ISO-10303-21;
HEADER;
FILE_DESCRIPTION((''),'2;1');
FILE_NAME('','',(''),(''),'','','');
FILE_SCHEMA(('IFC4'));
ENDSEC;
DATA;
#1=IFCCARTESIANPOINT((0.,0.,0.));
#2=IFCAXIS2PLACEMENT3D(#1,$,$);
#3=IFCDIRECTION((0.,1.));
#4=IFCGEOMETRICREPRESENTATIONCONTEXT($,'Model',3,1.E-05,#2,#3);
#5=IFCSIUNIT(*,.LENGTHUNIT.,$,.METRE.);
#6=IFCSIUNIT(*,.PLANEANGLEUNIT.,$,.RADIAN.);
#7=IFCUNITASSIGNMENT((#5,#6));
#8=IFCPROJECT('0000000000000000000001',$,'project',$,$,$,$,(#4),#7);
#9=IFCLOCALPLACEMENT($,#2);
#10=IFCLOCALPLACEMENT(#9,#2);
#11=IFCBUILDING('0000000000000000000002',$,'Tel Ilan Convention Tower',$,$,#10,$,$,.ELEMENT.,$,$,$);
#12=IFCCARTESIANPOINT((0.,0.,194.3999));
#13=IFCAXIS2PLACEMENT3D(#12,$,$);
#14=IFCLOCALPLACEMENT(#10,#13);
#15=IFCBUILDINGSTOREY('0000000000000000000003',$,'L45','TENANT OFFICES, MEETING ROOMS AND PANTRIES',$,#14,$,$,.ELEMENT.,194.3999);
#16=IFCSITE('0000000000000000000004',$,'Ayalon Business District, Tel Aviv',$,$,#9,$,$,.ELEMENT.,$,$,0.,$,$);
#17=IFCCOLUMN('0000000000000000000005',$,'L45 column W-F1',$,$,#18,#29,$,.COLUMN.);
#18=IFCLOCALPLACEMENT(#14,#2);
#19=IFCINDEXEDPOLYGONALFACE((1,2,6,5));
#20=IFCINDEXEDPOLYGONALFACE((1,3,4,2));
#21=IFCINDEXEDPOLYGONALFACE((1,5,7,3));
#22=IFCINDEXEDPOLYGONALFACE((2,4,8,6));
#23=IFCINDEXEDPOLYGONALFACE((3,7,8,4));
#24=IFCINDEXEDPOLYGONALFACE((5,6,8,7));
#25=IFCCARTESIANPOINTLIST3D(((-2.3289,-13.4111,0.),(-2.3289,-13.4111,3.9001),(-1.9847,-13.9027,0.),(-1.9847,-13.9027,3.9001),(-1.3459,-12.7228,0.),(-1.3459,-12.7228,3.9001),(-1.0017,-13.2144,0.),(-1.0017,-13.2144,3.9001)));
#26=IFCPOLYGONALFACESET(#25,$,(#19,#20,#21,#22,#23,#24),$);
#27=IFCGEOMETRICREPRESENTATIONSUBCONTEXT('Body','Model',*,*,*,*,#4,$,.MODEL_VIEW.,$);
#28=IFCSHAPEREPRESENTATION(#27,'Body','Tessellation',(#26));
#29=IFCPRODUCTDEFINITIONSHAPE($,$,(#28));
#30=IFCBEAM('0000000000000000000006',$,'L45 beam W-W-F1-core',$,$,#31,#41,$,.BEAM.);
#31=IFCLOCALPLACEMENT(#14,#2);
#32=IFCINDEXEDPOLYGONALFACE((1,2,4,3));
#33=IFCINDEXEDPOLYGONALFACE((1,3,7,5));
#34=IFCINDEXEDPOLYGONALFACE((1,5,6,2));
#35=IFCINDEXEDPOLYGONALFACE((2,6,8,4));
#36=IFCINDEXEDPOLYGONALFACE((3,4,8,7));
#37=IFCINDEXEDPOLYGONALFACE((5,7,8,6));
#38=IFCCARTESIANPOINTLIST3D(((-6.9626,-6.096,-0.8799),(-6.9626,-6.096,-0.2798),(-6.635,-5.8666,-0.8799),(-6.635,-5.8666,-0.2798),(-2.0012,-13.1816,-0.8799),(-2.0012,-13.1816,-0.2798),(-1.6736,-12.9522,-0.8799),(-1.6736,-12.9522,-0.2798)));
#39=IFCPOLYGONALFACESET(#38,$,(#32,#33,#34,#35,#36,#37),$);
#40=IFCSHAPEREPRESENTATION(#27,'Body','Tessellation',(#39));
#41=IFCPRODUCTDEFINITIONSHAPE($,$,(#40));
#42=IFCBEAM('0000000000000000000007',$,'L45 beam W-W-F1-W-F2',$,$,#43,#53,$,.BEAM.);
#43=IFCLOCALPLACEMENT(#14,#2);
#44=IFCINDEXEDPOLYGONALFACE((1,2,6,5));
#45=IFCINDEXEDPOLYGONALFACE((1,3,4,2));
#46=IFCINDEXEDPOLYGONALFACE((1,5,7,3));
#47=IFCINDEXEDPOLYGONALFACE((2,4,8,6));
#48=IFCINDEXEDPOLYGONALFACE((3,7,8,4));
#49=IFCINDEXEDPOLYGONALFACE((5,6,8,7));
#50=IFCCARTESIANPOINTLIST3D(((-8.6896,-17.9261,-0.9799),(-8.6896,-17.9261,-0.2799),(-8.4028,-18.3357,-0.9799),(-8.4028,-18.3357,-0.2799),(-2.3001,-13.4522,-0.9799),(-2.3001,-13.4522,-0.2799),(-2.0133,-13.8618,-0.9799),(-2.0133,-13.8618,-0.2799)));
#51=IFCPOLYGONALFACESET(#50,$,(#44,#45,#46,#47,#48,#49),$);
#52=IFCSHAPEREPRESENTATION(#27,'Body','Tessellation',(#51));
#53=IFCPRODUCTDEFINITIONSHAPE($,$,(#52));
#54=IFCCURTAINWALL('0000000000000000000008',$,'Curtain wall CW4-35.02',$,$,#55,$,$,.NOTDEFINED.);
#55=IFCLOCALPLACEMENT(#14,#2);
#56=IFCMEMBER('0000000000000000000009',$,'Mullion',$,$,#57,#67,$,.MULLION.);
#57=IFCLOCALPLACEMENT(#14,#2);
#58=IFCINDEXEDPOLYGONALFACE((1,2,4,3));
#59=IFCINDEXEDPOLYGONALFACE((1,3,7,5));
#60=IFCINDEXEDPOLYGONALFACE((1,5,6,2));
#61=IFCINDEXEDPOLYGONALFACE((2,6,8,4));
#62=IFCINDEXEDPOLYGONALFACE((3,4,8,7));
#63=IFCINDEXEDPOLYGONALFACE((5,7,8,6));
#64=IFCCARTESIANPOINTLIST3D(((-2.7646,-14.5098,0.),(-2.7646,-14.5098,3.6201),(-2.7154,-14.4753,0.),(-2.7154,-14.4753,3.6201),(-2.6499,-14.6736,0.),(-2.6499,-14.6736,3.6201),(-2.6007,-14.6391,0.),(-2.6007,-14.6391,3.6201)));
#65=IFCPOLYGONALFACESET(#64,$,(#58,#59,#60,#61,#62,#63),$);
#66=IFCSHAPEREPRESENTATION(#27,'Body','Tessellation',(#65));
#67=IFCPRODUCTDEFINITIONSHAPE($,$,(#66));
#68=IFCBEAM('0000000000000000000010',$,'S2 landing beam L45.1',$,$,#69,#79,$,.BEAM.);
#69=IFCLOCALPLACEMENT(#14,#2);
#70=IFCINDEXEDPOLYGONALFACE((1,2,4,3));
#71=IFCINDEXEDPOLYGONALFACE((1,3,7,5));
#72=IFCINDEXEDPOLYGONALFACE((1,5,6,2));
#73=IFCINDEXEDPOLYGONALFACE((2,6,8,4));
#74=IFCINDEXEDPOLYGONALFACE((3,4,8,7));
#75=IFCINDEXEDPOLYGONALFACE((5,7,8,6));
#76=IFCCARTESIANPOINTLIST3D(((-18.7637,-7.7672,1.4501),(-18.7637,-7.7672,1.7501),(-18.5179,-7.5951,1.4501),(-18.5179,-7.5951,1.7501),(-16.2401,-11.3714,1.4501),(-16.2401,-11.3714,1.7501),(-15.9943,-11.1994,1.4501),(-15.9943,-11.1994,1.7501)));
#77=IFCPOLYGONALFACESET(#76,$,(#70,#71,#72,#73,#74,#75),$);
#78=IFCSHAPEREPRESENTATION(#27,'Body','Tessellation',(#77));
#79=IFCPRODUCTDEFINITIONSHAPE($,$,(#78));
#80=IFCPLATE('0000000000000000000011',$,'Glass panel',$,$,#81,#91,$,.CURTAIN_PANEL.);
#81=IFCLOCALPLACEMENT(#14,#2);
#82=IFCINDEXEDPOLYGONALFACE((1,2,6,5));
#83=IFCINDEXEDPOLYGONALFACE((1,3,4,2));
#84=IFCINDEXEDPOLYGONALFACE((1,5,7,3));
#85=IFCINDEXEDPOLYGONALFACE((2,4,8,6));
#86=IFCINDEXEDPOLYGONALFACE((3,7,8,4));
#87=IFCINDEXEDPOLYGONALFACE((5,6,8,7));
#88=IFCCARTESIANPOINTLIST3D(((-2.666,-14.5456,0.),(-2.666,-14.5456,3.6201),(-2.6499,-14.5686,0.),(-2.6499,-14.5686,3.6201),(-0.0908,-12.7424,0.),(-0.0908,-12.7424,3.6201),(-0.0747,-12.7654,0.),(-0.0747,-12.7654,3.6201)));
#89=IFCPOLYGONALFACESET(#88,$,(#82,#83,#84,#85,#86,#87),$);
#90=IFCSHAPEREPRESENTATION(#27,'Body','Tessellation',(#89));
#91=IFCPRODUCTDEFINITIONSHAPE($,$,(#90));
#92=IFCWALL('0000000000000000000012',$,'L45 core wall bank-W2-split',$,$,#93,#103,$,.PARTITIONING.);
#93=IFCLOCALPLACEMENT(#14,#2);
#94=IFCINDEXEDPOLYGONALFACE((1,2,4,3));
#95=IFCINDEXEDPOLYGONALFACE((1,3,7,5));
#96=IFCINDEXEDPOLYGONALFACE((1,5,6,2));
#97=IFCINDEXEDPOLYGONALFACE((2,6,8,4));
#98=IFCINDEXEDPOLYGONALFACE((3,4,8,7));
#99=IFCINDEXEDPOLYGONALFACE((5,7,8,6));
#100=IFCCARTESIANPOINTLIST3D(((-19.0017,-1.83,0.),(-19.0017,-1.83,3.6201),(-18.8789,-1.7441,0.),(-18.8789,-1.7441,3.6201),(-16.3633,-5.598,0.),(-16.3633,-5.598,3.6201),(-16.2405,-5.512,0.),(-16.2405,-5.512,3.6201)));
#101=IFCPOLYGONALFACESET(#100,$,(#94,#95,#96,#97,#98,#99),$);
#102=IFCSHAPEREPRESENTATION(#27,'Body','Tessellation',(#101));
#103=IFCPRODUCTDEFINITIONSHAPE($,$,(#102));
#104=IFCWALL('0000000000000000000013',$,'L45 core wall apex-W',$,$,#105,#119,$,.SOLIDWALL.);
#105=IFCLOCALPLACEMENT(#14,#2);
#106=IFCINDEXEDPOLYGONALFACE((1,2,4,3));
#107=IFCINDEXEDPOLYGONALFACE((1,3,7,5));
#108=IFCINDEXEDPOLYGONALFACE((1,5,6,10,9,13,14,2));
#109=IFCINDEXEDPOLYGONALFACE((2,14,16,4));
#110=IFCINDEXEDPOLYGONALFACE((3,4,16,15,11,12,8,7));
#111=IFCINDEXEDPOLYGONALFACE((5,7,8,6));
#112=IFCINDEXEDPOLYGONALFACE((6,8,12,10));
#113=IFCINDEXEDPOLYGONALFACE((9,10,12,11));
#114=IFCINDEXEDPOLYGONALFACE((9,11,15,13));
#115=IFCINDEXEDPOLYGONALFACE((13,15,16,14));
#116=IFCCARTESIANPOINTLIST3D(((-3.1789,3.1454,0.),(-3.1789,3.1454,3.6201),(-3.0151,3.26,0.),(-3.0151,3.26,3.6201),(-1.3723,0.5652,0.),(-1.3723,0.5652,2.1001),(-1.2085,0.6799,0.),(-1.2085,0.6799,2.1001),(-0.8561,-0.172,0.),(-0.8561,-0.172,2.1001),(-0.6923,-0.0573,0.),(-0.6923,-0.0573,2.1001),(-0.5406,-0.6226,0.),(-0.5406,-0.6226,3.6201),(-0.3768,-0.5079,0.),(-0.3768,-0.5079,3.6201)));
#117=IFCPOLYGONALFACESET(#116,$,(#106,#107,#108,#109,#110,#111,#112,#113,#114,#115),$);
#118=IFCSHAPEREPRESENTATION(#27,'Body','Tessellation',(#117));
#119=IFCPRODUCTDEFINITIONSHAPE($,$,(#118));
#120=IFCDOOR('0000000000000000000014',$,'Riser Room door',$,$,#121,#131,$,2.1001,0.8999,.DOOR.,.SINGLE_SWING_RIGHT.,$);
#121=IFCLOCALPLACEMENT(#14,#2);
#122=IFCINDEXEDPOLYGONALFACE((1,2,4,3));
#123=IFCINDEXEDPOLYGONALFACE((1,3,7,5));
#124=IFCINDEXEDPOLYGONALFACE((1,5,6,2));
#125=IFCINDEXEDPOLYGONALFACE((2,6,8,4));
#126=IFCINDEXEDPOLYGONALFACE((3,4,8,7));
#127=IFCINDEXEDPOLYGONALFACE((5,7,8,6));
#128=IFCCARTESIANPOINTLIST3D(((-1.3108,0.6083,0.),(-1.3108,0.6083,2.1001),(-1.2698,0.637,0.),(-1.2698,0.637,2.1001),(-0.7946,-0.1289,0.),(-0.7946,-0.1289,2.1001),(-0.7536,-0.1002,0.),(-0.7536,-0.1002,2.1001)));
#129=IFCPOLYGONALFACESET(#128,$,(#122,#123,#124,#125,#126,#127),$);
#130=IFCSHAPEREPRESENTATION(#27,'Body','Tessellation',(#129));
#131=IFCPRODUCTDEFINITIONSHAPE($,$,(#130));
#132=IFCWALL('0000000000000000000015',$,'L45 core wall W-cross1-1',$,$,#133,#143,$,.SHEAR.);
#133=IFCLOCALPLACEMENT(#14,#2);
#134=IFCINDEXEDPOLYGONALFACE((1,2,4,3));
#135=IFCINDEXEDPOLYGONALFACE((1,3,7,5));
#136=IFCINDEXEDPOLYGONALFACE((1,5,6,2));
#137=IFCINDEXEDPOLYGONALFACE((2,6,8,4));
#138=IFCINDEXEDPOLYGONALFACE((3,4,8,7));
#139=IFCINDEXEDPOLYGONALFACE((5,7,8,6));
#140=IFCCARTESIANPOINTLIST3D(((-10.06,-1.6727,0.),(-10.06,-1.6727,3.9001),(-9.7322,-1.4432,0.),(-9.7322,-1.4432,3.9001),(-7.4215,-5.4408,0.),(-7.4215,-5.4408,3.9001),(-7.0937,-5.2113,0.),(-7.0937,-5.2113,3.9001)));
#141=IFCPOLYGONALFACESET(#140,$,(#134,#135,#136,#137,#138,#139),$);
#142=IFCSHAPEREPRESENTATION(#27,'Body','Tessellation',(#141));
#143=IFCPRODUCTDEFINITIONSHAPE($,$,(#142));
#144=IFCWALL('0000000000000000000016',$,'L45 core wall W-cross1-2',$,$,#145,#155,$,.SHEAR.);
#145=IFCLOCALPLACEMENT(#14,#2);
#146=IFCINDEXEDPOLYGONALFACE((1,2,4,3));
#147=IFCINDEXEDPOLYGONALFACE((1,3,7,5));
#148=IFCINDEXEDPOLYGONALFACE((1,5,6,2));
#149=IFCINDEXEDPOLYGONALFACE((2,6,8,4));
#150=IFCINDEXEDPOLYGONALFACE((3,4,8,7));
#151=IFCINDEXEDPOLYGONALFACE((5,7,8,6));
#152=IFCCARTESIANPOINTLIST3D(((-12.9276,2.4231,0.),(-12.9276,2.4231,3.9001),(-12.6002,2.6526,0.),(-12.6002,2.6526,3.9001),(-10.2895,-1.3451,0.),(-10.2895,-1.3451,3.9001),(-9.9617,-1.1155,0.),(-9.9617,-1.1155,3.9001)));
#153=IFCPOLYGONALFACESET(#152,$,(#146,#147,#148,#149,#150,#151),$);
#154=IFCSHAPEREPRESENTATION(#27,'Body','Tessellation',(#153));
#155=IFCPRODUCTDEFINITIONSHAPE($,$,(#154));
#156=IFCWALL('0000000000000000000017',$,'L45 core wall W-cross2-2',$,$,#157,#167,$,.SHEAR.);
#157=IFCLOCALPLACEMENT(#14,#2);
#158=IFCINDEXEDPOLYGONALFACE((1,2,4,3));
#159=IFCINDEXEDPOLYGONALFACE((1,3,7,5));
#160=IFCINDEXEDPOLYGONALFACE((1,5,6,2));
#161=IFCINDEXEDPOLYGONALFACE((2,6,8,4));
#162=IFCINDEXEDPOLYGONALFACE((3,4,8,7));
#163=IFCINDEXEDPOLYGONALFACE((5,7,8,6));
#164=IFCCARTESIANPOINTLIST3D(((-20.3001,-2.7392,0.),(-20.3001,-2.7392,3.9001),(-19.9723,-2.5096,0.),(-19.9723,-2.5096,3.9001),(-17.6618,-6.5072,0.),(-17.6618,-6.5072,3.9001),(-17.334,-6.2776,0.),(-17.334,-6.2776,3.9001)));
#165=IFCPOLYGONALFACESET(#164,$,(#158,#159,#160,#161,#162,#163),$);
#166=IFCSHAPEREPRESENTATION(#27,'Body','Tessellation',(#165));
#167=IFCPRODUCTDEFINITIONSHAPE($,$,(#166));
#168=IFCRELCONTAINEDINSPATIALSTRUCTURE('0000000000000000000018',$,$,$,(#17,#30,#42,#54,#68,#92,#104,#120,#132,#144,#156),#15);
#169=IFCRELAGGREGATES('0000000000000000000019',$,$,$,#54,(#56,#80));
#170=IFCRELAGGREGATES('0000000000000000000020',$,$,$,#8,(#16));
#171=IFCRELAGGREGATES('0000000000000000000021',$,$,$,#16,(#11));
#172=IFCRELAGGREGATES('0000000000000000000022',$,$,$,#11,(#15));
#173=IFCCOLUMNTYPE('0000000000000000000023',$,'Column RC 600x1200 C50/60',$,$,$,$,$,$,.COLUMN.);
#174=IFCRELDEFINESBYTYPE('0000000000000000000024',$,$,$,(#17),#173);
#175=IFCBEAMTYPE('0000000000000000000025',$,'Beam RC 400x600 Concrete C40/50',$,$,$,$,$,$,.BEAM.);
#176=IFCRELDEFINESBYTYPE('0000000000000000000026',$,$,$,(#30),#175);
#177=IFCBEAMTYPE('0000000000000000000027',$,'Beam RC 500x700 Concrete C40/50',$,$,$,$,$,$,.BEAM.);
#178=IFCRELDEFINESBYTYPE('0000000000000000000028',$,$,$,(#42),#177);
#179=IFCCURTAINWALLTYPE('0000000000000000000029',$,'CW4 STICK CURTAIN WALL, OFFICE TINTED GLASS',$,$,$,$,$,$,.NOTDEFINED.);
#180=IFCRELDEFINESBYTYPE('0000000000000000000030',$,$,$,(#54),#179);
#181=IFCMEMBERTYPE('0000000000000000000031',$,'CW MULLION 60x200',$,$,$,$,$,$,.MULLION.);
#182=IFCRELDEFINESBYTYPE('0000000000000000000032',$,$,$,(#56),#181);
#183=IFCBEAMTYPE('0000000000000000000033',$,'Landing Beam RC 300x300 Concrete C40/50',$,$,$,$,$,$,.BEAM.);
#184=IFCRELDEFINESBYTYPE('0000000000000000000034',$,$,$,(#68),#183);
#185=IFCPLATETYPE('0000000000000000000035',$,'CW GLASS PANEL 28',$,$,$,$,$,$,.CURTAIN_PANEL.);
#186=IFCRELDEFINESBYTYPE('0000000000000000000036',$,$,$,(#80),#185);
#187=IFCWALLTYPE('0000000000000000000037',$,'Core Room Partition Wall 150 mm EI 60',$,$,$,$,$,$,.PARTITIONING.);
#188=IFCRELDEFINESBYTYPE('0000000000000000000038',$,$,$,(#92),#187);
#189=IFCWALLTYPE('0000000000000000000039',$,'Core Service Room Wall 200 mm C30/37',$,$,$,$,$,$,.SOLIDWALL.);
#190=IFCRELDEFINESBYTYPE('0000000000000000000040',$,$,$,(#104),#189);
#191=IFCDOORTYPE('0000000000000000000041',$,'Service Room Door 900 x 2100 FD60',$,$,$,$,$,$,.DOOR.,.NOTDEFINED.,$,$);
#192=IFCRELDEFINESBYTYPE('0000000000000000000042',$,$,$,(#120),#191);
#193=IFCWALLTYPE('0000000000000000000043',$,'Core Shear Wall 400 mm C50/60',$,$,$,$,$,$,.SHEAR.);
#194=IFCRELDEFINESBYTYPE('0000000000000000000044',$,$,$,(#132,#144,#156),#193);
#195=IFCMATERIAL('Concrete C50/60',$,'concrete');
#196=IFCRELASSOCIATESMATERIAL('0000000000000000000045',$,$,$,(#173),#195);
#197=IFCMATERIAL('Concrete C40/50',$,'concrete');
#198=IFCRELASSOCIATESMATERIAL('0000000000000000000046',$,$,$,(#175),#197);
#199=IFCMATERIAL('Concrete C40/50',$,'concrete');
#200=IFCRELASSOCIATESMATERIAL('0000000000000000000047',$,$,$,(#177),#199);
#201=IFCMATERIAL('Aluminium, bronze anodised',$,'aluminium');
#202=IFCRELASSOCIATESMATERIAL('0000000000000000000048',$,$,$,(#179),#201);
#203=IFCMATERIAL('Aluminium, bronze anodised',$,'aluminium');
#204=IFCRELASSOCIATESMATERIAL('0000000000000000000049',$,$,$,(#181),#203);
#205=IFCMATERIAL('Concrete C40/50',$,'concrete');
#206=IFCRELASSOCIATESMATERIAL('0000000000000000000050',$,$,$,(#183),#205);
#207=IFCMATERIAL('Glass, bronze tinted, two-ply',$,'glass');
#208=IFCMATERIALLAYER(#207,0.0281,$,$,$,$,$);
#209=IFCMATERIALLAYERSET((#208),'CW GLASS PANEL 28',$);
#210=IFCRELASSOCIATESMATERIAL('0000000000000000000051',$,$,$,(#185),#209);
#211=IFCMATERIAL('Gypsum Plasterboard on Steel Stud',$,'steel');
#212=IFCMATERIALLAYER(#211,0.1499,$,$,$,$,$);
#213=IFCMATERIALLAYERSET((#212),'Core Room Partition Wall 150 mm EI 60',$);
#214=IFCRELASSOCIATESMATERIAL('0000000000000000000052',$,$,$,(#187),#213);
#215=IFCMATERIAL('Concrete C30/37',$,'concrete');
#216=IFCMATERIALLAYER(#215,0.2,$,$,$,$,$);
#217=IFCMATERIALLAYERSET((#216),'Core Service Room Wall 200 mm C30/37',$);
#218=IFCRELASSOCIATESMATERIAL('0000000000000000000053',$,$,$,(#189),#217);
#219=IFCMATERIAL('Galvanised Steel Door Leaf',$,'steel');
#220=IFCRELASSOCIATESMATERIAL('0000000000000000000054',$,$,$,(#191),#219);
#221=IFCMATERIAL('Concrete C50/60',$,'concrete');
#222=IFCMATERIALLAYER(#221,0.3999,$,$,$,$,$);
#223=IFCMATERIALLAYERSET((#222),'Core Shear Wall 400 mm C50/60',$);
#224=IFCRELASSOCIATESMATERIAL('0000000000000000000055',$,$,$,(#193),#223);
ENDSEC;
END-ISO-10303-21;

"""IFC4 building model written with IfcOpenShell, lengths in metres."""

from ifc_helpers import new_model, si_unit, direction, frame, frame_2d, origin, origin_2d, place, context, subcontext, project, spatial, polyline, rectangle, outline, extrude, material, layer, layer_set, material_profile, profile_set, type_object, element, fill, aggregate, save


model = new_model("IFC4")

# Units and contexts
model_context = context("Model", 3, precision=1e-05, world=origin(), true_north=direction((0.0, 1.0)))
body_context = subcontext(model_context, "Body", "Model", "MODEL_VIEW")
ifc_project = project(units=[si_unit("LENGTHUNIT", "METRE"), si_unit("PLANEANGLEUNIT", "RADIAN")], contexts=[model_context])

# Site, building, storey
site_placement = place(None, origin())
site = spatial("IfcSite", under=ifc_project, at=site_placement, Name="Ayalon Business District, Tel Aviv", CompositionType="ELEMENT", RefElevation=0.0)
building_placement = place(site_placement, origin())
building = spatial("IfcBuilding", under=site, at=building_placement, Name="Tel Ilan Convention Tower", CompositionType="ELEMENT")
storey_placement = place(building_placement, frame((0.0, 0.0, 194.3999)))
storey = spatial("IfcBuildingStorey", under=building, at=storey_placement, Name="L45", Description="TENANT OFFICES, MEETING ROOMS AND PANTRIES", CompositionType="ELEMENT", Elevation=194.3999)

# Column
ifc_material_1 = material(Name="Concrete C50/60", Category="concrete")
ifc_material_profile_1 = material_profile(ifc_material_1, rectangle(XDim=1.2, YDim=0.6001, at=origin_2d()), Name="RC 600x1200")
ifc_profile_set_1 = profile_set([ifc_material_profile_1], Name="Concrete C50/60")
column_type = type_object("IfcColumnType", Name="Column RC 600x1200 C50/60", PredefinedType="COLUMN", material=ifc_profile_set_1)
column_placement = place(storey_placement, frame((-1.6653, -13.3127, 0.0), z_axis=(0.0, 0.0, 1.0), x_axis=(-0.819152, -0.573576, 0.0)))
element("IfcColumn", 1, at=column_placement, inside=storey, type_object=column_type, Name="L45 column W-F1", PredefinedType="COLUMN", context=body_context, shape_type="SweptSolid", body=[
    extrude(rectangle(XDim=1.2, YDim=0.6001, at=origin_2d()), origin(), (0.0, 0.0, 1.0), 3.9001),
])

# Beams
ifc_material_2 = material(Name="Concrete C40/50", Category="concrete")
ifc_material_profile_2 = material_profile(ifc_material_2, rectangle(XDim=0.3999, YDim=0.6001, at=origin_2d()), Name="RC 400x600")
ifc_profile_set_2 = profile_set([ifc_material_profile_2], Name="Concrete C40/50")
beam_type_1 = type_object("IfcBeamType", Name="Beam RC 400x600 Concrete C40/50", PredefinedType="BEAM", material=ifc_profile_set_2)
beam_1_placement = place(storey_placement, frame((-1.8374, -13.0669, -0.5798), z_axis=(-0.573574, 0.819154, 0.0), x_axis=(-0.819154, -0.573574, 0.0)))
element("IfcBeam", 2, at=beam_1_placement, inside=storey, type_object=beam_type_1, Name="L45 beam W-W-F1-core", PredefinedType="BEAM", context=body_context, shape_type="SweptSolid", body=[
    extrude(rectangle(XDim=0.3999, YDim=0.6001, at=origin_2d()), origin(), (0.0, 0.0, 1.0), 8.6499),
])
ifc_material_3 = material(Name="Concrete C40/50", Category="concrete")
ifc_material_profile_3 = material_profile(ifc_material_3, rectangle(XDim=0.5, YDim=0.7, at=origin_2d()), Name="RC 500x700")
ifc_profile_set_3 = profile_set([ifc_material_profile_3], Name="Concrete C40/50")
beam_type_2 = type_object("IfcBeamType", Name="Beam RC 500x700 Concrete C40/50", PredefinedType="BEAM", material=ifc_profile_set_3)
beam_2_placement = place(storey_placement, frame((-2.1567, -13.657, -0.6299), z_axis=(-0.819154, -0.573574, 0.0), x_axis=(0.573574, -0.819154, 0.0)))
element("IfcBeam", 3, at=beam_2_placement, inside=storey, type_object=beam_type_2, Name="L45 beam W-W-F1-W-F2", PredefinedType="BEAM", context=body_context, shape_type="SweptSolid", body=[
    extrude(rectangle(XDim=0.5, YDim=0.7, at=origin_2d()), origin(), (0.0, 0.0, 1.0), 7.8),
])

# Curtain wall, member
ifc_material_4 = material(Name="Aluminium, bronze anodised", Category="aluminium")
curtain_wall_type = type_object("IfcCurtainWallType", Name="CW4 STICK CURTAIN WALL, OFFICE TINTED GLASS", PredefinedType="NOTDEFINED", material=ifc_material_4)
curtain_wall_placement = place(storey_placement, origin())
curtain_wall = element("IfcCurtainWall", 4, at=curtain_wall_placement, inside=storey, type_object=curtain_wall_type, Name="Curtain wall CW4-35.02", PredefinedType="NOTDEFINED")
ifc_material_5 = material(Name="Aluminium, bronze anodised", Category="aluminium")
ifc_material_profile_4 = material_profile(ifc_material_5, rectangle(XDim=0.0601, YDim=0.2, at=origin_2d()), Name="CW MULLION 60x200")
ifc_profile_set_4 = profile_set([ifc_material_profile_4], Name="Aluminium, bronze anodised")
member_type = type_object("IfcMemberType", Name="CW MULLION 60x200", PredefinedType="MULLION", material=ifc_profile_set_4)
member_placement = place(storey_placement, frame((-2.6826, -14.5745, 0.0), z_axis=(0.0, 0.0, 1.0), x_axis=(0.819152, 0.573576, 0.0)))
member = element("IfcMember", 5, at=member_placement, type_object=member_type, Name="Mullion", PredefinedType="MULLION", context=body_context, shape_type="SweptSolid", body=[
    extrude(rectangle(XDim=0.0601, YDim=0.2, at=origin_2d()), origin(), (0.0, 0.0, 1.0), 3.6201),
])

# Beam
ifc_material_6 = material(Name="Concrete C40/50", Category="concrete")
ifc_material_profile_5 = material_profile(ifc_material_6, rectangle(XDim=0.3, YDim=0.3, at=origin_2d()), Name="RC 300x300")
ifc_profile_set_5 = profile_set([ifc_material_profile_5], Name="Concrete C40/50")
beam_type_3 = type_object("IfcBeamType", Name="Landing Beam RC 300x300 Concrete C40/50", PredefinedType="BEAM", material=ifc_profile_set_5)
beam_3_placement = place(storey_placement, frame((-16.1172, -11.2854, 1.6001), z_axis=(-0.57357, 0.819156, 0.0), x_axis=(-0.819156, -0.57357, 0.0)))
element("IfcBeam", 6, at=beam_3_placement, inside=storey, type_object=beam_type_3, Name="S2 landing beam L45.1", PredefinedType="BEAM", context=body_context, shape_type="SweptSolid", body=[
    extrude(rectangle(XDim=0.3, YDim=0.3, at=origin_2d()), origin(), (0.0, 0.0, 1.0), 4.3999),
])

# Plate
ifc_material_7 = material(Name="Glass, bronze tinted, two-ply", Category="glass")
ifc_layer_1 = layer(ifc_material_7, 0.0281)
ifc_layer_set_1 = layer_set([ifc_layer_1], Name="CW GLASS PANEL 28")
plate_type = type_object("IfcPlateType", Name="CW GLASS PANEL 28", PredefinedType="CURTAIN_PANEL", material=ifc_layer_set_1)
plate_placement = place(storey_placement, frame((-1.3704, -13.6555, 0.0), z_axis=(0.0, 0.0, 1.0), x_axis=(0.819152, 0.573576, 0.0)))
plate = element("IfcPlate", 7, at=plate_placement, type_object=plate_type, Name="Glass panel", PredefinedType="CURTAIN_PANEL", context=body_context, shape_type="SweptSolid", body=[
    extrude(rectangle(XDim=3.1438, YDim=0.0281, at=origin_2d()), origin(), (0.0, 0.0, 1.0), 3.6201),
])
aggregate(curtain_wall, [member, plate])

# Wall
ifc_material_8 = material(Name="Gypsum Plasterboard on Steel Stud", Category="steel")
ifc_layer_2 = layer(ifc_material_8, 0.1499)
ifc_layer_set_2 = layer_set([ifc_layer_2], Name="Core Room Partition Wall 150 mm EI 60")
wall_type_1 = type_object("IfcWallType", Name="Core Room Partition Wall 150 mm EI 60", PredefinedType="PARTITIONING", material=ifc_layer_set_2)
wall_1_placement = place(storey_placement, frame((-16.302, -5.5549, 0.0), z_axis=(0.0, 0.0, 1.0), x_axis=(-0.573576, 0.819152, 0.0)))
element("IfcWall", 8, at=wall_1_placement, inside=storey, type_object=wall_type_1, Name="L45 core wall bank-W2-split", PredefinedType="PARTITIONING", context=body_context, shape_type="SweptSolid", body=[
    extrude(rectangle(XDim=4.5999, YDim=0.1499, at=frame_2d((2.2998, 0.0))), origin(), (0.0, 0.0, 1.0), 3.6201),
])

# Wall, opening, door
ifc_material_9 = material(Name="Concrete C30/37", Category="concrete")
ifc_layer_3 = layer(ifc_material_9, 0.2)
ifc_layer_set_3 = layer_set([ifc_layer_3], Name="Core Service Room Wall 200 mm C30/37")
wall_type_2 = type_object("IfcWallType", Name="Core Service Room Wall 200 mm C30/37", PredefinedType="SOLIDWALL", material=ifc_layer_set_3)
wall_2_placement = place(storey_placement, frame((-0.4587, -0.5652, 0.0), z_axis=(0.0, 0.0, 1.0), x_axis=(-0.573576, 0.819152, 0.0)))
wall_2 = element("IfcWall", 9, at=wall_2_placement, inside=storey, type_object=wall_type_2, Name="L45 core wall apex-W", PredefinedType="SOLIDWALL", context=body_context, shape_type="SweptSolid", body=[
    extrude(rectangle(XDim=4.5999, YDim=0.2, at=frame_2d((2.2998, 0.0))), origin(), (0.0, 0.0, 1.0), 3.6201),
])
opening_1_placement = place(wall_2_placement, frame((0.55, 0.0, 0.0)))
opening_1 = element("IfcOpeningElement", 10, at=opening_1_placement, cuts=wall_2, PredefinedType="OPENING", context=body_context, shape_type="SweptSolid", body=[
    extrude(rectangle(XDim=0.8999, YDim=2.1001, at=frame_2d((0.45, 1.05))), frame((0.0, 0.1099, 0.0), z_axis=(0.0, -1.0, 0.0), x_axis=(1.0, 0.0, 0.0)), (0.0, 0.0, 1.0), 0.22),
])
ifc_material_10 = material(Name="Galvanised Steel Door Leaf", Category="steel")
door_type_1 = type_object("IfcDoorType", Name="Service Room Door 900 x 2100 FD60", OperationType="NOTDEFINED", PredefinedType="DOOR", material=ifc_material_10)
door_1_placement = place(opening_1_placement, origin())
door_1 = element("IfcDoor", 11, at=door_1_placement, inside=storey, type_object=door_type_1, Name="Riser Room door", OperationType="SINGLE_SWING_RIGHT", OverallHeight=2.1001, OverallWidth=0.8999, PredefinedType="DOOR", context=body_context, shape_type="SweptSolid", body=[
    extrude(rectangle(XDim=0.8999, YDim=2.1001, at=frame_2d((0.45, 1.05))), frame((0.0, 0.0249, 0.0), z_axis=(0.0, -1.0, 0.0), x_axis=(1.0, 0.0, 0.0)), (0.0, 0.0, 1.0), 0.05),
])
fill(opening_1, door_1)

# Walls
ifc_material_11 = material(Name="Concrete C50/60", Category="concrete")
ifc_layer_4 = layer(ifc_material_11, 0.3999)
ifc_layer_set_4 = layer_set([ifc_layer_4], Name="Core Shear Wall 400 mm C50/60")
wall_type_3 = type_object("IfcWallType", Name="Core Shear Wall 400 mm C50/60", PredefinedType="SHEAR", material=ifc_layer_set_4)
wall_3_placement = place(storey_placement, frame((-7.2578, -5.3259, 0.0), z_axis=(0.0, 0.0, 1.0), x_axis=(-0.573541, 0.819177, 0.0)))
element("IfcWall", 12, at=wall_3_placement, inside=storey, type_object=wall_type_3, Name="L45 core wall W-cross1-1", PredefinedType="SHEAR", context=body_context, shape_type="SweptSolid", body=[
    extrude(outline(polyline([(4.5999, 0.2002), (-0.0002, 0.2), (-0.0002, -0.2002), (4.5999, -0.2), (4.5999, 0.2002)])), origin(), (0.0, 0.0, 1.0), 3.9001),
])
wall_4_placement = place(storey_placement, frame((-10.1255, -1.2302, 0.0), z_axis=(0.0, 0.0, 1.0), x_axis=(-0.573576, 0.819152, 0.0)))
element("IfcWall", 13, at=wall_4_placement, inside=storey, type_object=wall_type_3, Name="L45 core wall W-cross1-2", PredefinedType="SHEAR", context=body_context, shape_type="SweptSolid", body=[
    extrude(outline(polyline([(4.6001, -0.2), (4.5999, 0.2), (0.0, 0.2002), (0.0, -0.2), (4.6001, -0.2)])), origin(), (0.0, 0.0, 1.0), 3.9001),
])
wall_5_placement = place(storey_placement, frame((-17.4978, -6.3923, 0.0), z_axis=(0.0, 0.0, 1.0), x_axis=(-0.573612, 0.819127, 0.0)))
element("IfcWall", 14, at=wall_5_placement, inside=storey, type_object=wall_type_3, Name="L45 core wall W-cross2-2", PredefinedType="SHEAR", context=body_context, shape_type="SweptSolid", body=[
    extrude(outline(polyline([(4.5999, -0.2002), (4.5999, 0.2), (0.0, 0.2002), (0.0, -0.2), (4.5999, -0.2002)])), origin(), (0.0, 0.0, 1.0), 3.9001),
])

save(model, "model.ifc")
